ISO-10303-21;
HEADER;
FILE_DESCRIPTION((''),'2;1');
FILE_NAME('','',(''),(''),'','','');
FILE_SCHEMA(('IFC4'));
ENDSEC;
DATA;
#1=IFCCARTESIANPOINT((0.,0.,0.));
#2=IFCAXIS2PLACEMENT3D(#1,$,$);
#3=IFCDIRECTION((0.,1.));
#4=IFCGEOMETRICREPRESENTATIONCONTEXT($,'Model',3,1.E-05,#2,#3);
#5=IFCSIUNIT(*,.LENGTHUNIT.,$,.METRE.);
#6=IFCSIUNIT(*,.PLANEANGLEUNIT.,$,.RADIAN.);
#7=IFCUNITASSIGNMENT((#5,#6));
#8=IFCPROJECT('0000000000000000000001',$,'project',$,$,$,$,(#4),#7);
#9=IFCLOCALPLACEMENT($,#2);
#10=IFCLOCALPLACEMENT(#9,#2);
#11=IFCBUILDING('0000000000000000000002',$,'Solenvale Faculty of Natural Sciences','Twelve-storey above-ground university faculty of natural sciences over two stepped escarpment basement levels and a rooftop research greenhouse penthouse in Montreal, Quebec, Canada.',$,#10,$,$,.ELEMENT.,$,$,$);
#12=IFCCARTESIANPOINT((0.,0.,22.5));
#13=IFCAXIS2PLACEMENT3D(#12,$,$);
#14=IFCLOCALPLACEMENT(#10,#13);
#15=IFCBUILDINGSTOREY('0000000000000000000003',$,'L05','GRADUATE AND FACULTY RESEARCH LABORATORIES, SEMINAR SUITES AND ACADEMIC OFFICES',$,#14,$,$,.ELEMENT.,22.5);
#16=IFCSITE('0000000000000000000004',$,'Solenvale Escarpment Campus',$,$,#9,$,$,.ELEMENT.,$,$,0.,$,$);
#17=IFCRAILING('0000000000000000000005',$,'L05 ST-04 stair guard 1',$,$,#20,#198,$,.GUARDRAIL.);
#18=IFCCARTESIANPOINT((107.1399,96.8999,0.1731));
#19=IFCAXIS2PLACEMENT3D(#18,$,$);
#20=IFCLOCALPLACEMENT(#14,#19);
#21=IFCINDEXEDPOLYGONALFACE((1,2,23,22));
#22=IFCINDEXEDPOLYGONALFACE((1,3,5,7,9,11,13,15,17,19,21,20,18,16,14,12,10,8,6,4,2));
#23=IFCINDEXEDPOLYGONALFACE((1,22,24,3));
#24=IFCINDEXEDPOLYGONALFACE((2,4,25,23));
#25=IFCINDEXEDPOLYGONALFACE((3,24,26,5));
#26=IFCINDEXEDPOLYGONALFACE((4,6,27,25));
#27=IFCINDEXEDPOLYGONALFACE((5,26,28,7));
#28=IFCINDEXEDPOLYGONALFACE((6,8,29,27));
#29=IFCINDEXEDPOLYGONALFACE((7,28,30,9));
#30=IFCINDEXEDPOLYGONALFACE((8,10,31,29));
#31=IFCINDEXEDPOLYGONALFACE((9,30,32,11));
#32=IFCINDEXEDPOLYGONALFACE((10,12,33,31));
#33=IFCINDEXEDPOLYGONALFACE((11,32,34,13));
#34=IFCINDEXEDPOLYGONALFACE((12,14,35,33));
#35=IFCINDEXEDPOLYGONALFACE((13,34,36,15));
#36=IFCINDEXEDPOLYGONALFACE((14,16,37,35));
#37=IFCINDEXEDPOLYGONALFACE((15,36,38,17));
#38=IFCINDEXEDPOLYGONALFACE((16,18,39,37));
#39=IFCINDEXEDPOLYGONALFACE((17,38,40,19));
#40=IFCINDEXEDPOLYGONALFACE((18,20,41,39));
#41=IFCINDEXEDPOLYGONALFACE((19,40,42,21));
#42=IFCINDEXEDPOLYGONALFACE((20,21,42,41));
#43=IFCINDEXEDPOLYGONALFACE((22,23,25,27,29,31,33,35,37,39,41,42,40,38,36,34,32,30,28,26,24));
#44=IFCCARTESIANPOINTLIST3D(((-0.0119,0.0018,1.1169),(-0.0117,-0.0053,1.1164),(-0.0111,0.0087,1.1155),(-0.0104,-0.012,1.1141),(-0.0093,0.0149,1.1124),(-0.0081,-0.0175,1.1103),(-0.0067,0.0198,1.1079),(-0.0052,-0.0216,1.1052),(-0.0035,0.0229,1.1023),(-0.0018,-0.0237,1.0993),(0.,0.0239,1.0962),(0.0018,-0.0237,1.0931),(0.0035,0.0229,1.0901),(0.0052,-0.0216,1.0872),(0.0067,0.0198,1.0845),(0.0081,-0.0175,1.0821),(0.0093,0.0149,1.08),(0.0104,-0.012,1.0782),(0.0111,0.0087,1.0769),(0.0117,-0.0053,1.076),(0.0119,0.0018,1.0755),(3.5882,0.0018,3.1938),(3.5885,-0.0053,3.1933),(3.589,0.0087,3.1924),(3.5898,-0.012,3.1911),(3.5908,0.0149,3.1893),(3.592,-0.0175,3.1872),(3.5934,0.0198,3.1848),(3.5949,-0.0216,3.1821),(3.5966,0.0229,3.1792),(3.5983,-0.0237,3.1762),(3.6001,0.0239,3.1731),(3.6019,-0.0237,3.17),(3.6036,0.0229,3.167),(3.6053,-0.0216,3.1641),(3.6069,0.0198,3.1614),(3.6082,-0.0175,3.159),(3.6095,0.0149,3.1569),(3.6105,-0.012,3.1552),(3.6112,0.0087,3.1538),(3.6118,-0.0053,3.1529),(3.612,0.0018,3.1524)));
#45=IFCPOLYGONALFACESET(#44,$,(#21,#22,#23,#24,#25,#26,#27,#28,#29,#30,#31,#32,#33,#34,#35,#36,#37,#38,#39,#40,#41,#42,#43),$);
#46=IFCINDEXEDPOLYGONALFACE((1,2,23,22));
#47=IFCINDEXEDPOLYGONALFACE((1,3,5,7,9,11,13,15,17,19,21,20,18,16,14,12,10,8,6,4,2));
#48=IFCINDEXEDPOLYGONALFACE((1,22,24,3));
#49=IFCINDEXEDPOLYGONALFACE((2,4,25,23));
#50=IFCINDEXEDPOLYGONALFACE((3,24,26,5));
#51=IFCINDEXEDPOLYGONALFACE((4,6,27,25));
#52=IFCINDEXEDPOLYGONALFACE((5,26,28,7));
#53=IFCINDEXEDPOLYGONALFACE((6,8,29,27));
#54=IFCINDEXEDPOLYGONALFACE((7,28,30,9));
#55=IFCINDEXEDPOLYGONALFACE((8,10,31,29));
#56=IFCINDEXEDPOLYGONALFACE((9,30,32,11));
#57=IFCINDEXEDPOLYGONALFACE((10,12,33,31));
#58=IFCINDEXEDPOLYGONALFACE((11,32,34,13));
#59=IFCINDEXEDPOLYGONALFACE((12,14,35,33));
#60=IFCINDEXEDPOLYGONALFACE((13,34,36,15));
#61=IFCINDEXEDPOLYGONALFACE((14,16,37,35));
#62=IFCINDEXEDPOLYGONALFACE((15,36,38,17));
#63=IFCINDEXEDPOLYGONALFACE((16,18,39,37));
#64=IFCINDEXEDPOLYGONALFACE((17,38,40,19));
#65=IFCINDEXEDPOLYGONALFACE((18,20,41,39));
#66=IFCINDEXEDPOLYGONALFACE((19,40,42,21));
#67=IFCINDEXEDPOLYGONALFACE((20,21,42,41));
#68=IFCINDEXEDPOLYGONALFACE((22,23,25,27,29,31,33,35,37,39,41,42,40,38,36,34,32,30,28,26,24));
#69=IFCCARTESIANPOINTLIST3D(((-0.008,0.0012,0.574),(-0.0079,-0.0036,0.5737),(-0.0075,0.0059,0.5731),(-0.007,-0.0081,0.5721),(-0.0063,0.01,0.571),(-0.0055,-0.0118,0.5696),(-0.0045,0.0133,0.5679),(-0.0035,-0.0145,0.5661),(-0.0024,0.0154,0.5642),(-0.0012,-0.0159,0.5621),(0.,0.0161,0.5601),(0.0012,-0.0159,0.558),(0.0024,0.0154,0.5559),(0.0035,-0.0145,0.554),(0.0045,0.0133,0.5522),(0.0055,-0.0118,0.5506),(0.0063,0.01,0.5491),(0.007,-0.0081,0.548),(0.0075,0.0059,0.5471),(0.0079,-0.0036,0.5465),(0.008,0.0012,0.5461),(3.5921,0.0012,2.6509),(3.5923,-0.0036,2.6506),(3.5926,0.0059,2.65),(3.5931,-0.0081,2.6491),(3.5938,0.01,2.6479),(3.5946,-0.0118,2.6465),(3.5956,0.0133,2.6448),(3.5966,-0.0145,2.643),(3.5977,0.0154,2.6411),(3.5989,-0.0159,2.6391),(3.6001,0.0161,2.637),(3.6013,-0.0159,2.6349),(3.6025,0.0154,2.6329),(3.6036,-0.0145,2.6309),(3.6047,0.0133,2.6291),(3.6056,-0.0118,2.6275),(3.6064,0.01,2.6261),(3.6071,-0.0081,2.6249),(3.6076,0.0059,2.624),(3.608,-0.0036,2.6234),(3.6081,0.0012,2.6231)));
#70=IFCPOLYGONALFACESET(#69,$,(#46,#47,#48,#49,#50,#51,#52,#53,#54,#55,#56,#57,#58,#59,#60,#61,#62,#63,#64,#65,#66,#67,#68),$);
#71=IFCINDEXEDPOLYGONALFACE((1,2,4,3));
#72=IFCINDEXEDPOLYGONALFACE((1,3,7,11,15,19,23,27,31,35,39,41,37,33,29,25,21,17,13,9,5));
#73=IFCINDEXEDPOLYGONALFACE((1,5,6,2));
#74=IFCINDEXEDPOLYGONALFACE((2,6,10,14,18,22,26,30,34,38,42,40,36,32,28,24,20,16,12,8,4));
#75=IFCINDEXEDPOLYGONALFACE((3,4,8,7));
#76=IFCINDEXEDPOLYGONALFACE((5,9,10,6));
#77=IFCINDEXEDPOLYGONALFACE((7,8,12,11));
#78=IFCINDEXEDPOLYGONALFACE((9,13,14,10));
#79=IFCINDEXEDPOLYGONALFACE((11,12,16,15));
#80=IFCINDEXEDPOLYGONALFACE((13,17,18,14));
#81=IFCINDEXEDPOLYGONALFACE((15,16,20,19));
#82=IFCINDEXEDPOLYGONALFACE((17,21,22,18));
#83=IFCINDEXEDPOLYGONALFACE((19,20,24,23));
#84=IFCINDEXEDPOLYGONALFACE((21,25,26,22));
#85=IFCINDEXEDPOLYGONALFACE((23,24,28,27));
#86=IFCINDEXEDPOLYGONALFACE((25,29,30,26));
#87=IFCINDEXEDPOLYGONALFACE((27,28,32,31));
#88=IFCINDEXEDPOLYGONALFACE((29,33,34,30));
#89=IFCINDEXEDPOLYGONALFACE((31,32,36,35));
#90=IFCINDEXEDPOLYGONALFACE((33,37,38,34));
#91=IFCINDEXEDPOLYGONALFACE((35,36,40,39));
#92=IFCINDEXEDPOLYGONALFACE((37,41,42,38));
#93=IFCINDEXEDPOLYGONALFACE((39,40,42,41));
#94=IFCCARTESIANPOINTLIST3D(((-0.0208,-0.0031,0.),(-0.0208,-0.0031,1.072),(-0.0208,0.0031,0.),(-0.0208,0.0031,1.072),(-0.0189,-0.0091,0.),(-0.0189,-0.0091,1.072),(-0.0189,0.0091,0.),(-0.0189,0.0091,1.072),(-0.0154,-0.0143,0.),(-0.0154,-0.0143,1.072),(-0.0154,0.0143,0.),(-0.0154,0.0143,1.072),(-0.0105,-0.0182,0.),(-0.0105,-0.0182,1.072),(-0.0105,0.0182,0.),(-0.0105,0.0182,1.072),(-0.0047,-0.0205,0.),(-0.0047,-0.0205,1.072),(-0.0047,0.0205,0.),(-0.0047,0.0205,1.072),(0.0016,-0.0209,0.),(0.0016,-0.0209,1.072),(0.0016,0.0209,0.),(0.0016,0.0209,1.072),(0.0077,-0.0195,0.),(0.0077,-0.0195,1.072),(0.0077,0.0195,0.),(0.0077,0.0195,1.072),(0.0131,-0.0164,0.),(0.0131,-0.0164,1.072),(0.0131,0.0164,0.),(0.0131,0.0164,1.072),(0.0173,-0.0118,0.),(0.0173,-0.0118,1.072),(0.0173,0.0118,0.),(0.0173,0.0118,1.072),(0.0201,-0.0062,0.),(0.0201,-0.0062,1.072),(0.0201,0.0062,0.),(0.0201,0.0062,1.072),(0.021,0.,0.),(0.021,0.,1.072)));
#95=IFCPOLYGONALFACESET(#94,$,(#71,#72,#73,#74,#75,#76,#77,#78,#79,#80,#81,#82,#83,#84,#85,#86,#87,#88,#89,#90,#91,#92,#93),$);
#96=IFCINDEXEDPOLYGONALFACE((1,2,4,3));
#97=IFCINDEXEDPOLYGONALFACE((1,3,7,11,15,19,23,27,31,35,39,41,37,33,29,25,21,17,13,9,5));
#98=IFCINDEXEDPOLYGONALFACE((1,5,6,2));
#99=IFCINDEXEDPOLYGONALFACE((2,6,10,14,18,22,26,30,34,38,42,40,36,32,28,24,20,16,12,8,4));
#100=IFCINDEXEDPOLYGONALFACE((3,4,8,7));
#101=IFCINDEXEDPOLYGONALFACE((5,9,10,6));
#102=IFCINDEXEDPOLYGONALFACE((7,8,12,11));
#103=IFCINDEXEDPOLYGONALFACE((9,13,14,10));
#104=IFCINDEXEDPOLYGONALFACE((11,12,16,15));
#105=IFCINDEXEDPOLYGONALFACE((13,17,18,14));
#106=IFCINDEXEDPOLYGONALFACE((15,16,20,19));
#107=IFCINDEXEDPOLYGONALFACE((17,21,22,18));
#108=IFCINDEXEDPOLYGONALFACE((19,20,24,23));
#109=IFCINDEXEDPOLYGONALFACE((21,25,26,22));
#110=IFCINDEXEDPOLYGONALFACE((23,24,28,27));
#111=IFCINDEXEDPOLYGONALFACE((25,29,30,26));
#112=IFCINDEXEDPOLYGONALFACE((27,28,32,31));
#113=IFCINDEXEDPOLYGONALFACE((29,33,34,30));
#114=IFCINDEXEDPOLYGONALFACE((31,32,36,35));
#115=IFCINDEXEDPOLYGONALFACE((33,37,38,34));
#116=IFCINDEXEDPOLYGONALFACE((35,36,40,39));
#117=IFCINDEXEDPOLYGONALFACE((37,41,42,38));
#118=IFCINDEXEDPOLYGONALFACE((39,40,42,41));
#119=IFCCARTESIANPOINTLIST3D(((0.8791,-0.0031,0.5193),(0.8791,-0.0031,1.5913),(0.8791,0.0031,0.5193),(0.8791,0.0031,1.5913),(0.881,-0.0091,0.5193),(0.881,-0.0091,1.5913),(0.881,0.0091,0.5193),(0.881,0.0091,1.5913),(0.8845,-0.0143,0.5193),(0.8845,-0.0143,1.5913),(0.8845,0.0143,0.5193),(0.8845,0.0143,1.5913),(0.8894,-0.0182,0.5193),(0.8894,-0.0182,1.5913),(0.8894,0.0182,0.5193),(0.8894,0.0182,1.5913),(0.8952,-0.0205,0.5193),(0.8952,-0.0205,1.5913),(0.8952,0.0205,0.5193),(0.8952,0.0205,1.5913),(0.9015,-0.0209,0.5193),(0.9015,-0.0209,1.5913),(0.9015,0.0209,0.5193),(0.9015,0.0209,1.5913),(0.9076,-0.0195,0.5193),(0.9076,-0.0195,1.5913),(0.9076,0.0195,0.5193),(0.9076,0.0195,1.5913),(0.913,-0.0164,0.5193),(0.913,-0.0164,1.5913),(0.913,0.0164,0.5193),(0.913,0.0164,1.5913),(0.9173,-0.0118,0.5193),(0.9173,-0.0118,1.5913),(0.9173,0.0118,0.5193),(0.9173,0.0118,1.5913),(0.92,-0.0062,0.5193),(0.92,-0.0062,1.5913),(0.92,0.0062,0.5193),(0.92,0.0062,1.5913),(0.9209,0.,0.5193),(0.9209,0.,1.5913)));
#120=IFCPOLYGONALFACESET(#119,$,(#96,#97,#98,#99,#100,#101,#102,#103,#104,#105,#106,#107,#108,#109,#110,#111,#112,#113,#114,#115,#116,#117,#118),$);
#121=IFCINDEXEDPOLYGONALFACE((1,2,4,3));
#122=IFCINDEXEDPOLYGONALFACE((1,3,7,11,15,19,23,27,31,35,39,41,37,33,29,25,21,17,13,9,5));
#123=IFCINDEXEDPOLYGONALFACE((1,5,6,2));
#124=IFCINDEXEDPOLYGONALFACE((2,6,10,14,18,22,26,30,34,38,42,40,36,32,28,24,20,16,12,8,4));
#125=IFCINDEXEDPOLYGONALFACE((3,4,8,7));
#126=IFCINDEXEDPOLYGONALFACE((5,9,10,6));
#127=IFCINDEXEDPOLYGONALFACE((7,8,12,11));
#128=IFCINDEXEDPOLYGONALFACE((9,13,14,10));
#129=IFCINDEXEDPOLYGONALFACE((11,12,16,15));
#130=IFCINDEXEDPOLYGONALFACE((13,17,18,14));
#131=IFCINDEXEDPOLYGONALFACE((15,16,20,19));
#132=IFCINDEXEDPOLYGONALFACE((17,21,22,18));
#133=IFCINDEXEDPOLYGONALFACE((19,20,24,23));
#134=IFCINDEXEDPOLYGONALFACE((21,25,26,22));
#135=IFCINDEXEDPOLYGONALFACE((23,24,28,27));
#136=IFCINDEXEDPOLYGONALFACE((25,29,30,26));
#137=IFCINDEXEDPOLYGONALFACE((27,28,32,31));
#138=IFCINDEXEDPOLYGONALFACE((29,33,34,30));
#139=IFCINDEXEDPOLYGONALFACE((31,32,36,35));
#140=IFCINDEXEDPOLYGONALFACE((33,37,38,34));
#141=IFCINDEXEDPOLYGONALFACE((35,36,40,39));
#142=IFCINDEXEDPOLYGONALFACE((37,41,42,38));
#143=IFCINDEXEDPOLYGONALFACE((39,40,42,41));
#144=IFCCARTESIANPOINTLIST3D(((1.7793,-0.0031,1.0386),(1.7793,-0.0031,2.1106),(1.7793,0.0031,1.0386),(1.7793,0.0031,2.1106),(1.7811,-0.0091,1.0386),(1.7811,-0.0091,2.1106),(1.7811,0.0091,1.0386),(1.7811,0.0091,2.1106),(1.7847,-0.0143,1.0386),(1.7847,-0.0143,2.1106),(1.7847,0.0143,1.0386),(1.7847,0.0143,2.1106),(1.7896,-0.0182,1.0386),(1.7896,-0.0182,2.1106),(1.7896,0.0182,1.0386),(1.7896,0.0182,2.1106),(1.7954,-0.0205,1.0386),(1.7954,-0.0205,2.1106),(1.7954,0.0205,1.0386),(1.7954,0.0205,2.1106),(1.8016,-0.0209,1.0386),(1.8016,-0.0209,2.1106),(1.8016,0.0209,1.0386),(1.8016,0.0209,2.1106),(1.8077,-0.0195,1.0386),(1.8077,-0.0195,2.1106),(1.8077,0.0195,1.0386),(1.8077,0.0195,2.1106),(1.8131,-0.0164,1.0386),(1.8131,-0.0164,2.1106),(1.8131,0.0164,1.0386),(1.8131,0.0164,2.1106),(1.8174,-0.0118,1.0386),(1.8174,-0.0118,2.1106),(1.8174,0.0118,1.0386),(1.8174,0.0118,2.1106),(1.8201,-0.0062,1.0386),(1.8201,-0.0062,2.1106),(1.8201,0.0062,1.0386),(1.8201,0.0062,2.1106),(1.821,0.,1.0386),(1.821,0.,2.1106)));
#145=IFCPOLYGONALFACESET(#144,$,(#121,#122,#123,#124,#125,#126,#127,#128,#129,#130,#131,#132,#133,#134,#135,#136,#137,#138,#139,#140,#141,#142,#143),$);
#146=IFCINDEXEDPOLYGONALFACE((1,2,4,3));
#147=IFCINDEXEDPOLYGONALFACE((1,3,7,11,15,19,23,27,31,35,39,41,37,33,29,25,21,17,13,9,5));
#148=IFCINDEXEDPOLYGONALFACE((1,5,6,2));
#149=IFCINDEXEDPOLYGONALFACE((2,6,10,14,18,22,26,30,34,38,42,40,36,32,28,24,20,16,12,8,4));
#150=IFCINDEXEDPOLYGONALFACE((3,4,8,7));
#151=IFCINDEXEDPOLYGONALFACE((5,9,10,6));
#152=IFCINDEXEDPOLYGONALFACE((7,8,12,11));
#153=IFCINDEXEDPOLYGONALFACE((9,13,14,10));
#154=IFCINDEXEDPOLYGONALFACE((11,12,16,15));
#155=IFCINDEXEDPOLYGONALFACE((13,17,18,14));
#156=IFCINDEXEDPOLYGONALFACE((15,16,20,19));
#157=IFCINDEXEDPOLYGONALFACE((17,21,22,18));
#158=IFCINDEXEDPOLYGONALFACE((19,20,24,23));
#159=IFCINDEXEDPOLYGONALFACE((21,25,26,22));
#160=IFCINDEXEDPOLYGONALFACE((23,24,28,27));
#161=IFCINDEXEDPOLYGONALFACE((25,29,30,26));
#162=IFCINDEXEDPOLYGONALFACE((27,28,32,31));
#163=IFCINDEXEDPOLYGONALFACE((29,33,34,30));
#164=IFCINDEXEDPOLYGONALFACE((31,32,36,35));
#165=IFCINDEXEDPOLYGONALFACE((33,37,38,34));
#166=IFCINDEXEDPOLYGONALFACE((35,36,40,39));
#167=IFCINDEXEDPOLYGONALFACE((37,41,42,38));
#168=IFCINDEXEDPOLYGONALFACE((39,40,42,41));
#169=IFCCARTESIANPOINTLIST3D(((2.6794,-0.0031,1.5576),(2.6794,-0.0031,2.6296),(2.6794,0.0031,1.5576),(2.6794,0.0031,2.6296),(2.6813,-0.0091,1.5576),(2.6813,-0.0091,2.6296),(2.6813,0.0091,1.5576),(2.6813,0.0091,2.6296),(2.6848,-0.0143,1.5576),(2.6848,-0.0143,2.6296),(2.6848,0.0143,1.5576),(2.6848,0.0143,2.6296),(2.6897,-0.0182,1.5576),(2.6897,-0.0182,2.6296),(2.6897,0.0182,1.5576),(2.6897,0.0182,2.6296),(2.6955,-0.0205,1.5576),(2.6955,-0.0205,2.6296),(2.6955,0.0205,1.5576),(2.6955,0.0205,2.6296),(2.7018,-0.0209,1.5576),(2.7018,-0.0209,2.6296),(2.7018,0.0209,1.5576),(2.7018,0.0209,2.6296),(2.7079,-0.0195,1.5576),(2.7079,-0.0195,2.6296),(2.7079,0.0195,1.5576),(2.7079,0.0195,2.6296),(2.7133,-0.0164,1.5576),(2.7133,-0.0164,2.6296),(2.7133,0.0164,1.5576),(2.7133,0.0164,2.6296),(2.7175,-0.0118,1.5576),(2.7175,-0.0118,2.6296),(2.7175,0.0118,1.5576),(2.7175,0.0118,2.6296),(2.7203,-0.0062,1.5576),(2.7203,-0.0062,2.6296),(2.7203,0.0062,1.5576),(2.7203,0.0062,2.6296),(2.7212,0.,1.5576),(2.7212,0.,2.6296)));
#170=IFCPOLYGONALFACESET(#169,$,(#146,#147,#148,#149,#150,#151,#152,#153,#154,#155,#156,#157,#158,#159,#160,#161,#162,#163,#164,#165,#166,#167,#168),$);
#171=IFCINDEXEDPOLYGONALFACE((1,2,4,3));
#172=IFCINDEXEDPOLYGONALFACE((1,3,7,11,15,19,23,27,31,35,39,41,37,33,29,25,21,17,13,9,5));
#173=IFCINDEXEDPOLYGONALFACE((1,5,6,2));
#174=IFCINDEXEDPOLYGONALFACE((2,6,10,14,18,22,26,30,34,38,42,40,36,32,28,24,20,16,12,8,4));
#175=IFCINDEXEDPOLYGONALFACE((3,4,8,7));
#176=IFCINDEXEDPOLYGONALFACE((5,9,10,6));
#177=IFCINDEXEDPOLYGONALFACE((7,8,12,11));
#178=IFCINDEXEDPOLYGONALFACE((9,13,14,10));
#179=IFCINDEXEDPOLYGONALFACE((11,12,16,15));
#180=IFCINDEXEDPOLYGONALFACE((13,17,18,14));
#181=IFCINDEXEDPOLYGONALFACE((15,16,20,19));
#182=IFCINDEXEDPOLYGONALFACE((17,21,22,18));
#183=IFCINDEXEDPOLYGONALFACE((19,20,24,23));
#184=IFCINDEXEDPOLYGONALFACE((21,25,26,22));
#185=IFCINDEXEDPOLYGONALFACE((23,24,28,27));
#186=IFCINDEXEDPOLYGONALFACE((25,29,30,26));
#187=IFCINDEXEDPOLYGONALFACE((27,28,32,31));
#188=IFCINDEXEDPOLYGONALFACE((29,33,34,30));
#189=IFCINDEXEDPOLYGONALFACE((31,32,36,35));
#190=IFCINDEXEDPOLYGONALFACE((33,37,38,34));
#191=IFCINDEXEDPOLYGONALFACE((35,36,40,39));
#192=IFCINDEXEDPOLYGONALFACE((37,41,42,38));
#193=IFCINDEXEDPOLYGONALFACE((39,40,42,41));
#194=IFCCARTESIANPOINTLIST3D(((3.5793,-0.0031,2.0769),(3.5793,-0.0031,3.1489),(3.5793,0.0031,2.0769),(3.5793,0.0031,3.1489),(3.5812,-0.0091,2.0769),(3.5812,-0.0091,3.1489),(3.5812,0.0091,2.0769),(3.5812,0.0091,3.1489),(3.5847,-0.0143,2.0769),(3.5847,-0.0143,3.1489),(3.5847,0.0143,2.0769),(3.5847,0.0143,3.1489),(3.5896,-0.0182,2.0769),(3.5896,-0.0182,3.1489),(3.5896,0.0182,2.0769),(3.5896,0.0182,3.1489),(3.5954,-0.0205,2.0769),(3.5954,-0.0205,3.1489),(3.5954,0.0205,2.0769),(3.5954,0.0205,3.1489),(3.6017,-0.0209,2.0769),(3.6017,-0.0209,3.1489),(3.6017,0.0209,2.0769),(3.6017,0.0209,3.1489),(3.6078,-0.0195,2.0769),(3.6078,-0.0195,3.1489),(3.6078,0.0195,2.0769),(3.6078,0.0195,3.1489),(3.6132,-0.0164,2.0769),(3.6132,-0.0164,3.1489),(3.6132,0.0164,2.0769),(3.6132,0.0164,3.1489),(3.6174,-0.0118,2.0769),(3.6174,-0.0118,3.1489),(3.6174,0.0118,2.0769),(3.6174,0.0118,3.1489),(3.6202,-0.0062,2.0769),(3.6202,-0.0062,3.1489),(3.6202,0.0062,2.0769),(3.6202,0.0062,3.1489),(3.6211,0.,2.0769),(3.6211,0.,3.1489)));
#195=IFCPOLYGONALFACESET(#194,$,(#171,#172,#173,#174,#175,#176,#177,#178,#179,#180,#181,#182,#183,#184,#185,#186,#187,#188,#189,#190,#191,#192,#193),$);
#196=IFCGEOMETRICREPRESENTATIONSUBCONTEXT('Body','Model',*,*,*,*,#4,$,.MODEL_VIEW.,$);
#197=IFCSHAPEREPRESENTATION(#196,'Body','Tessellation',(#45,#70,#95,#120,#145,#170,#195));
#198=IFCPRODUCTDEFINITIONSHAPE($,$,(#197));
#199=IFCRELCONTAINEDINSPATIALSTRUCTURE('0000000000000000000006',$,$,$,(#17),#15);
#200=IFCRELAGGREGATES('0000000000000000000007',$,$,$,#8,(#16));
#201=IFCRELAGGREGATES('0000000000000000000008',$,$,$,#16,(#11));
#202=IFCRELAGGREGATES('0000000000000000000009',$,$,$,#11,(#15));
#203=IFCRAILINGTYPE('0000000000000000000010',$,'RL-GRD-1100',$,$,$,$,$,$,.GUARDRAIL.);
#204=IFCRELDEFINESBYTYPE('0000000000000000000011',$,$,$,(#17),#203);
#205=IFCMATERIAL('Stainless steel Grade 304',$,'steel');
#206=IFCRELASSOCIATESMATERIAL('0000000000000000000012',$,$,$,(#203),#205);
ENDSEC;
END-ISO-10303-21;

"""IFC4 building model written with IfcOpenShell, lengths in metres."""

from ifc_helpers import new_model, si_unit, direction, frame, origin, origin_2d, place, context, subcontext, project, spatial, circle, extrude, material, type_object, element, save


model = new_model("IFC4")

# Units and contexts
model_context = context("Model", 3, precision=1e-05, world=origin(), true_north=direction((0.0, 1.0)))
body_context = subcontext(model_context, "Body", "Model", "MODEL_VIEW")
ifc_project = project(units=[si_unit("LENGTHUNIT", "METRE"), si_unit("PLANEANGLEUNIT", "RADIAN")], contexts=[model_context])

# Site, building, storey
site_placement = place(None, origin())
site = spatial("IfcSite", under=ifc_project, at=site_placement, Name="Solenvale Escarpment Campus", CompositionType="ELEMENT", RefElevation=0.0)
building_placement = place(site_placement, origin())
building = spatial("IfcBuilding", under=site, at=building_placement, Name="Solenvale Faculty of Natural Sciences", Description="Twelve-storey above-ground university faculty of natural sciences over two stepped escarpment basement levels and a rooftop research greenhouse penthouse in Montreal, Quebec, Canada.", CompositionType="ELEMENT")
storey_placement = place(building_placement, frame((0.0, 0.0, 22.5)))
storey = spatial("IfcBuildingStorey", under=building, at=storey_placement, Name="L05", Description="GRADUATE AND FACULTY RESEARCH LABORATORIES, SEMINAR SUITES AND ACADEMIC OFFICES", CompositionType="ELEMENT", Elevation=22.5)

# Shared definitions
ifc_material_1 = material(Name="Stainless steel Grade 304", Category="steel")

# Railing
railing_type_1 = type_object("IfcRailingType", Name="RL-GRD-1100", PredefinedType="GUARDRAIL", material=ifc_material_1)
railing_1_placement = place(storey_placement, frame((107.1399, 96.8999, 0.1731)))
element("IfcRailing", 1, at=railing_1_placement, inside=storey, type_object=railing_type_1, Name="L05 ST-04 stair guard 1", PredefinedType="GUARDRAIL", context=body_context, shape_type="SweptSolid", body=[
    extrude(circle(Radius=0.0239, at=origin_2d()), frame((0.0, 0.0, 1.0962), z_axis=(0.866193, 0.0, 0.499709), x_axis=(0.0, 1.0, 0.0)), (0.0, 0.0, 1.0), 4.1562),
    extrude(circle(Radius=0.0161, at=origin_2d()), frame((0.0, 0.0, 0.5601), z_axis=(0.866193, 0.0, 0.499709), x_axis=(0.0, 1.0, 0.0)), (0.0, 0.0, 1.0), 4.1562),
    extrude(circle(Radius=0.021, at=origin_2d()), origin(), (0.0, 0.0, 1.0), 1.072),
    extrude(circle(Radius=0.021, at=origin_2d()), frame((0.8999, 0.0, 0.5193)), (0.0, 0.0, 1.0), 1.072),
    extrude(circle(Radius=0.021, at=origin_2d()), frame((1.8, 0.0, 1.0386)), (0.0, 0.0, 1.0), 1.072),
    extrude(circle(Radius=0.021, at=origin_2d()), frame((2.7002, 0.0, 1.5576)), (0.0, 0.0, 1.0), 1.072),
    extrude(circle(Radius=0.021, at=origin_2d()), frame((3.6001, 0.0, 2.0769)), (0.0, 0.0, 1.0), 1.072),
])

save(model, "model.ifc")
